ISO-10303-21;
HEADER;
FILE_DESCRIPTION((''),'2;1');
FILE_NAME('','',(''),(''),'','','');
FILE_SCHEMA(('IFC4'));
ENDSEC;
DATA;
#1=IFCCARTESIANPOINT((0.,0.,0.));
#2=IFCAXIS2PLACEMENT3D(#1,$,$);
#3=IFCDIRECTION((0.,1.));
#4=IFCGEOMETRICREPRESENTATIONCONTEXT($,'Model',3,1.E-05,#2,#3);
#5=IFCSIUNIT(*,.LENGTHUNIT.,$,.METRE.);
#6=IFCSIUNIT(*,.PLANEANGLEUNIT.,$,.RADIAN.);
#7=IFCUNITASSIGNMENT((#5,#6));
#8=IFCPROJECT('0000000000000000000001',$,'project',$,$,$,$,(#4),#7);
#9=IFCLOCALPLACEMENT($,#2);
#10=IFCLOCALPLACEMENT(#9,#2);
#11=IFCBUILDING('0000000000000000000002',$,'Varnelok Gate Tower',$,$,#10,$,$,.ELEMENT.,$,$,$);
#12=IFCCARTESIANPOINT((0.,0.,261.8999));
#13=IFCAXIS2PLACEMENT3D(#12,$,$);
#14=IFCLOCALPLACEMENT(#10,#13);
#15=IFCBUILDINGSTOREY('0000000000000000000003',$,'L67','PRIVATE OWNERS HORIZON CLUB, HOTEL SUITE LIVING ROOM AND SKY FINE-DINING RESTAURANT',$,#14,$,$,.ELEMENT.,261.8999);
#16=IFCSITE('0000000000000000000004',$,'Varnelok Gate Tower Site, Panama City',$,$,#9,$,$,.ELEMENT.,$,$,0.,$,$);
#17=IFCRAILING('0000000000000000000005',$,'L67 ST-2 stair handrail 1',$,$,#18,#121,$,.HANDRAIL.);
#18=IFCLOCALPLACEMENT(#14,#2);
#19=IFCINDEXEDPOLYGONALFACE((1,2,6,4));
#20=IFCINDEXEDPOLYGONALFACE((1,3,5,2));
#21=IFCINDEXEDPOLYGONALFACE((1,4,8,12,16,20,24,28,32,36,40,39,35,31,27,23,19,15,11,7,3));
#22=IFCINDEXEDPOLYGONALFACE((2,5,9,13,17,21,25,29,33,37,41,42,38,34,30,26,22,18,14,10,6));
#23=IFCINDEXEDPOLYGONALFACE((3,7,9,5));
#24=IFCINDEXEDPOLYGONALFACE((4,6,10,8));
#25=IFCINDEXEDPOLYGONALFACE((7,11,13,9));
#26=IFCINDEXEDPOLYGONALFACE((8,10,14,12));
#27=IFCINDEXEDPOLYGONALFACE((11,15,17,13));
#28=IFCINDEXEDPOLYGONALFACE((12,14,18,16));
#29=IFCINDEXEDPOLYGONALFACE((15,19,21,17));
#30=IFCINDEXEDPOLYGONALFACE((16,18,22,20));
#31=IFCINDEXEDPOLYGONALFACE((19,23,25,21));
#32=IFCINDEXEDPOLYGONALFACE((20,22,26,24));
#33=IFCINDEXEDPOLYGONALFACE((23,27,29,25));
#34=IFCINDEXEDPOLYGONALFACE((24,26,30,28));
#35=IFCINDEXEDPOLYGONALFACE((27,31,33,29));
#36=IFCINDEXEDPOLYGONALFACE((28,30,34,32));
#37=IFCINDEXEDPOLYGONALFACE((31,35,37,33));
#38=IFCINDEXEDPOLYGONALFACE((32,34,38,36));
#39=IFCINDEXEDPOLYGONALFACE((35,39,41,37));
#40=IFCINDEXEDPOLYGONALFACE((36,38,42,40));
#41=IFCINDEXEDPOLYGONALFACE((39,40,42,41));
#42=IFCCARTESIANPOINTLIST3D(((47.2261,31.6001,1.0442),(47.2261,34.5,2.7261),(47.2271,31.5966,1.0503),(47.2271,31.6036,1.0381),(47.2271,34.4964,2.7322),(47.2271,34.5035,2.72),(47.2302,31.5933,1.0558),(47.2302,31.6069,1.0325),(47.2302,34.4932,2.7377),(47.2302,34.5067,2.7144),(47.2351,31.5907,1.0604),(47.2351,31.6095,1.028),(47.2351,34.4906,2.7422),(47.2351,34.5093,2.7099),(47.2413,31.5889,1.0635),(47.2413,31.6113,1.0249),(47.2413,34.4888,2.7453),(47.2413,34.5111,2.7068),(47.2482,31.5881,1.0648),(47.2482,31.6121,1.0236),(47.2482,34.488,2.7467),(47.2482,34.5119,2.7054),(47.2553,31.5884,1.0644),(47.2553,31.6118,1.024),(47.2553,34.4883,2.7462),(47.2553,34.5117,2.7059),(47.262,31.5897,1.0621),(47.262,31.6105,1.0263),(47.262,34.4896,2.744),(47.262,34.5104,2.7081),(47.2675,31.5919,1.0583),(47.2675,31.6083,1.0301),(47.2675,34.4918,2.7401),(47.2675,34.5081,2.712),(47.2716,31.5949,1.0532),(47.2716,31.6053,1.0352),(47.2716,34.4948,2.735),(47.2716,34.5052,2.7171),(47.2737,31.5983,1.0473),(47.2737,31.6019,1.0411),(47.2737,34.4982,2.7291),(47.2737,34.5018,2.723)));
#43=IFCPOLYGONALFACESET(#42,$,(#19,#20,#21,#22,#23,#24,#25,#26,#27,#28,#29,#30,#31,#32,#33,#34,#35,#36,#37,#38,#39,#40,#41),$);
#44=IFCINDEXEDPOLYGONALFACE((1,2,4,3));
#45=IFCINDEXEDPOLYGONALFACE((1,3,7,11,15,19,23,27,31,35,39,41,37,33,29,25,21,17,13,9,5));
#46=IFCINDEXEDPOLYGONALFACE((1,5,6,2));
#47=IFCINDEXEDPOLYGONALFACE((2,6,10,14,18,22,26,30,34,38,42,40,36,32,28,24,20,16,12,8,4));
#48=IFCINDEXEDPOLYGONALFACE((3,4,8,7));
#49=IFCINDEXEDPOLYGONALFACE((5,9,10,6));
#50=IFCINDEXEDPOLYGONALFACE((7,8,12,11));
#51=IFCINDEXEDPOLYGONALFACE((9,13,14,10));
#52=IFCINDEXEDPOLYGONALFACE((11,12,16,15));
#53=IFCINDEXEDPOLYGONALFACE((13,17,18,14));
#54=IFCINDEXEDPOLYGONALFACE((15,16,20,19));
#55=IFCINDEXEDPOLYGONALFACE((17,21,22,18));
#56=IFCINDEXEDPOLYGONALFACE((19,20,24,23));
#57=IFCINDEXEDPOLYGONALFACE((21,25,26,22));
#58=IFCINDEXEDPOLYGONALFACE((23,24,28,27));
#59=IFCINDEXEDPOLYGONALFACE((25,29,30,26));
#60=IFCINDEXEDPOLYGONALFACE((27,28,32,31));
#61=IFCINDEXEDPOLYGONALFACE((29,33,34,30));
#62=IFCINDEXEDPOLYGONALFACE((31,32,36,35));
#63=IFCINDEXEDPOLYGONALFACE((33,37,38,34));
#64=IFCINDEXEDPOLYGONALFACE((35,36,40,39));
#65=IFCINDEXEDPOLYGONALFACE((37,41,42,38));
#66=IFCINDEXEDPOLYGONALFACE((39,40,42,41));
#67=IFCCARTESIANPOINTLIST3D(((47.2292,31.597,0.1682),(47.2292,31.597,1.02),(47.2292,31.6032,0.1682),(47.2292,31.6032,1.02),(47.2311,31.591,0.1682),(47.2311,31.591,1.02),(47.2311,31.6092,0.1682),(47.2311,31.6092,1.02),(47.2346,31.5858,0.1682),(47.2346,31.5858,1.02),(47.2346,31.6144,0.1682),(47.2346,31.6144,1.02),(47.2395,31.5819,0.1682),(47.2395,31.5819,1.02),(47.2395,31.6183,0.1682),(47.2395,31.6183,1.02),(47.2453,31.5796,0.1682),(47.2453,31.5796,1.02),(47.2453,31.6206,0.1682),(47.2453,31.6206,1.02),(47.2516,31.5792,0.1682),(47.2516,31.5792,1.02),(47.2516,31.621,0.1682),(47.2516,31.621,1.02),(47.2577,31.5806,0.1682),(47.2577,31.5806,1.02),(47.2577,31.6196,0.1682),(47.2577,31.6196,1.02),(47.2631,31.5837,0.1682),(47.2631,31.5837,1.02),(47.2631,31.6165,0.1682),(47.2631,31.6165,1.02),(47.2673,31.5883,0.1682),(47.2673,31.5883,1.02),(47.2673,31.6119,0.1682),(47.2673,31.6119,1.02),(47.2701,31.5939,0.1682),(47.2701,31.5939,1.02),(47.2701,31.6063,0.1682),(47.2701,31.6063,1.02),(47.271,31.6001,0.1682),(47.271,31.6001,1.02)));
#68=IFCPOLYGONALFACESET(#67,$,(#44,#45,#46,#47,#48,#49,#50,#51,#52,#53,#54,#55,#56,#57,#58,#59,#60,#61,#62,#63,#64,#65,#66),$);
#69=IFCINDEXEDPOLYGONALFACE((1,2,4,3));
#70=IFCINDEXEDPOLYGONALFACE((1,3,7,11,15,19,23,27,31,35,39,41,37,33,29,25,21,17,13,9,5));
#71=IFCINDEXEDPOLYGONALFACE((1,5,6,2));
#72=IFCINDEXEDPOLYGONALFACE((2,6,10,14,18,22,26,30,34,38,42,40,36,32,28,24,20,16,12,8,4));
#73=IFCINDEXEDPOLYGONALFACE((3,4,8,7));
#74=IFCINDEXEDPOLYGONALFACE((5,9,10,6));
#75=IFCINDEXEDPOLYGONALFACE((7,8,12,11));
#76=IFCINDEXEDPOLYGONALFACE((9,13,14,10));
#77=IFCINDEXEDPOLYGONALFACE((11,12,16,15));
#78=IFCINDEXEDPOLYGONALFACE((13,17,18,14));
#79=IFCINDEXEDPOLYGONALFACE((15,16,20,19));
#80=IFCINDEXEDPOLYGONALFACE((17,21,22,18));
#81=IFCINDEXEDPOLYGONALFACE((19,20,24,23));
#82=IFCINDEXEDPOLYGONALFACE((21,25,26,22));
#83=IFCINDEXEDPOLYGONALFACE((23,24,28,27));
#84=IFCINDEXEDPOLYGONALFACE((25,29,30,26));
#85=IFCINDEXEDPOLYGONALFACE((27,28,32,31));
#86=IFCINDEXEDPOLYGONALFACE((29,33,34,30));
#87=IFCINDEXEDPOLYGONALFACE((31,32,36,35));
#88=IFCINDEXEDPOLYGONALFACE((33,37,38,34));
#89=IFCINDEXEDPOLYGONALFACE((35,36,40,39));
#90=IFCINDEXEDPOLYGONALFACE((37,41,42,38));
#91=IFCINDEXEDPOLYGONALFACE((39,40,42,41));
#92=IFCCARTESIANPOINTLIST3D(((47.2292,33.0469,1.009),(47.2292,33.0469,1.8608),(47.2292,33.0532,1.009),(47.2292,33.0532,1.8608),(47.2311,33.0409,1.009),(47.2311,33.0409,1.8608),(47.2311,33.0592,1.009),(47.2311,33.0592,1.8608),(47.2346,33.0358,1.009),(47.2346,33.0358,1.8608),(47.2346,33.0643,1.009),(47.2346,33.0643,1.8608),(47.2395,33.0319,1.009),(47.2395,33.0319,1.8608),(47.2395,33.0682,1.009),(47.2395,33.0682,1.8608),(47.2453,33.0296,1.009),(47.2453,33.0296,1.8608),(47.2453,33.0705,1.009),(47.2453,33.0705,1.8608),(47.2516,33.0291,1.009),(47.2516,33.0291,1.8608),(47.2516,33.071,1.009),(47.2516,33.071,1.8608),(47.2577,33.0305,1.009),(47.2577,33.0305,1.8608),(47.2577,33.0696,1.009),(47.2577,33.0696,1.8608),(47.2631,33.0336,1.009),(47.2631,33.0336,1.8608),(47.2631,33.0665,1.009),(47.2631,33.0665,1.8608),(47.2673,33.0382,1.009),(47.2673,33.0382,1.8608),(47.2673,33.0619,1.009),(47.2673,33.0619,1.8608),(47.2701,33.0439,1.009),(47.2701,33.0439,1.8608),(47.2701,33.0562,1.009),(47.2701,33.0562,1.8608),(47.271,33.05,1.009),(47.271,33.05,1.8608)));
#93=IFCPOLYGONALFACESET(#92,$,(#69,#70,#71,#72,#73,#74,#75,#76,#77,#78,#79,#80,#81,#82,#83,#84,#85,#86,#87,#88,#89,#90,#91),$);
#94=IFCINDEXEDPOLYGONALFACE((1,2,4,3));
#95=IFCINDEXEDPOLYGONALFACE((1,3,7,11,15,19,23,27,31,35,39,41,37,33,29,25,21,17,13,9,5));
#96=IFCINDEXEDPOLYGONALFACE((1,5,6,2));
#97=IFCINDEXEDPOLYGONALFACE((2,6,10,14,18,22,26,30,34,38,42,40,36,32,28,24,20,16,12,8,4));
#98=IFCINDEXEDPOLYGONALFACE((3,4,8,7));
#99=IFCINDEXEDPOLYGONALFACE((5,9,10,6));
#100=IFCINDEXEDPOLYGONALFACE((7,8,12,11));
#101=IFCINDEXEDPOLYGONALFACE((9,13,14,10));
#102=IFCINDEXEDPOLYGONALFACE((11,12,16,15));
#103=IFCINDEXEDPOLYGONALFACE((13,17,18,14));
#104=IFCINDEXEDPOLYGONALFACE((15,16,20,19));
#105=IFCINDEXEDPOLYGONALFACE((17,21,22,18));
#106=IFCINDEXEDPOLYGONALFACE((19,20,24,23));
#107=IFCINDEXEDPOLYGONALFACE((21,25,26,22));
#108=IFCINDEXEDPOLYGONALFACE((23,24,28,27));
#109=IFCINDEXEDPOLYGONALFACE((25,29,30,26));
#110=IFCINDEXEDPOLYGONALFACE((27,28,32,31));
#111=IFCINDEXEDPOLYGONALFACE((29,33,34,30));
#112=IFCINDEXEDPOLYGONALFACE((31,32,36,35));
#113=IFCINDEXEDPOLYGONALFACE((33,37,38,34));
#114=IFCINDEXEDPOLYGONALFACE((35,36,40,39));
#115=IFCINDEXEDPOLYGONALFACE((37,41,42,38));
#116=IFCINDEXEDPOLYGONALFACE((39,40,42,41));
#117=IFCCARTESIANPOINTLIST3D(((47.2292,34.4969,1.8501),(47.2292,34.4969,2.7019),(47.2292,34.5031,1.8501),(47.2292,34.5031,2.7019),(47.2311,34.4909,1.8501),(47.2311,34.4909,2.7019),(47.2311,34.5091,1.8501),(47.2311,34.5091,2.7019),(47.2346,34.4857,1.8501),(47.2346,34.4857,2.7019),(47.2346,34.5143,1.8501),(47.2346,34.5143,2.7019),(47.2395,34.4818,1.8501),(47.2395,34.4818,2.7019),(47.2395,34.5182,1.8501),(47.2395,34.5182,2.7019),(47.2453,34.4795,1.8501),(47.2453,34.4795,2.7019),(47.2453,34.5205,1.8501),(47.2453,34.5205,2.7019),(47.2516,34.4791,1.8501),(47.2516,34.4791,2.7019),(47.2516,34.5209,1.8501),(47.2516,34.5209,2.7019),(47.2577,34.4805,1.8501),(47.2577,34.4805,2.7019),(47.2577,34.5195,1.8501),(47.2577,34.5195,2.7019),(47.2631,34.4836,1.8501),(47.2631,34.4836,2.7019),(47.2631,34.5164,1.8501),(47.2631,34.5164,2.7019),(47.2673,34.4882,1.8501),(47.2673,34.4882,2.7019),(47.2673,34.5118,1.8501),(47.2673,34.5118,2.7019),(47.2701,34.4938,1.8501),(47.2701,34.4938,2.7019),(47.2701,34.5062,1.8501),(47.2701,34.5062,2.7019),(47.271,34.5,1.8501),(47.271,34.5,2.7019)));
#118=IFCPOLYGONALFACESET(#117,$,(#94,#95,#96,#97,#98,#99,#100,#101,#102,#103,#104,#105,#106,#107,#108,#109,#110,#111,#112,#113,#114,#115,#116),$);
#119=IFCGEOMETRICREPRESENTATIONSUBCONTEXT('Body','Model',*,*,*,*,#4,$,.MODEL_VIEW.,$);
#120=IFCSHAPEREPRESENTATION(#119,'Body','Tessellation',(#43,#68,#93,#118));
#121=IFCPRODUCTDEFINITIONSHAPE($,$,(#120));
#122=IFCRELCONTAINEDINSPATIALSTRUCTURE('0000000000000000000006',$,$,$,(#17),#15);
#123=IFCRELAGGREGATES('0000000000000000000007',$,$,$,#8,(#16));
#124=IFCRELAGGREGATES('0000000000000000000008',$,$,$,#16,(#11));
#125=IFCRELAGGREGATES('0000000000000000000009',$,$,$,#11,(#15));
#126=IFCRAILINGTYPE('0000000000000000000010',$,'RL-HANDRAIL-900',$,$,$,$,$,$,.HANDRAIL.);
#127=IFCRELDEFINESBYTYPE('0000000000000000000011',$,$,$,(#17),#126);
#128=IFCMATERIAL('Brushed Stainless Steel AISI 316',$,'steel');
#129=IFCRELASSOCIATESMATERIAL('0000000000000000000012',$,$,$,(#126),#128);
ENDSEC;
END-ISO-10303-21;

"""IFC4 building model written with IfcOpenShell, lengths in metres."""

from ifc_helpers import new_model, si_unit, direction, frame, origin, origin_2d, place, context, subcontext, project, spatial, circle, extrude, material, type_object, element, save


model = new_model("IFC4")

# Units and contexts
model_context = context("Model", 3, precision=1e-05, world=origin(), true_north=direction((0.0, 1.0)))
body_context = subcontext(model_context, "Body", "Model", "MODEL_VIEW")
ifc_project = project(units=[si_unit("LENGTHUNIT", "METRE"), si_unit("PLANEANGLEUNIT", "RADIAN")], contexts=[model_context])

# Site, building, storey
site_placement = place(None, origin())
site = spatial("IfcSite", under=ifc_project, at=site_placement, Name="Varnelok Gate Tower Site, Panama City", CompositionType="ELEMENT", RefElevation=0.0)
building_placement = place(site_placement, origin())
building = spatial("IfcBuilding", under=site, at=building_placement, Name="Varnelok Gate Tower", CompositionType="ELEMENT")
storey_placement = place(building_placement, frame((0.0, 0.0, 261.8999)))
storey = spatial("IfcBuildingStorey", under=building, at=storey_placement, Name="L67", Description="PRIVATE OWNERS HORIZON CLUB, HOTEL SUITE LIVING ROOM AND SKY FINE-DINING RESTAURANT", CompositionType="ELEMENT", Elevation=261.8999)

# Railing
ifc_material_1 = material(Name="Brushed Stainless Steel AISI 316", Category="steel")
railing_type_1 = type_object("IfcRailingType", Name="RL-HANDRAIL-900", PredefinedType="HANDRAIL", material=ifc_material_1)
railing_1_placement = place(storey_placement, frame((47.25, 31.6001, 0.1682)))
element("IfcRailing", 1, at=railing_1_placement, inside=storey, type_object=railing_type_1, Name="L67 ST-2 stair handrail 1", PredefinedType="HANDRAIL", context=body_context, shape_type="SweptSolid", body=[
    extrude(circle(Radius=0.0239, at=origin_2d()), frame((0.0, 0.0, 0.876), z_axis=(0.0, 0.865039, 0.501705), x_axis=(-1.0, 0.0, 0.0)), (0.0, 0.0, 1.0), 3.3523),
    extrude(circle(Radius=0.021, at=origin_2d()), origin(), (0.0, 0.0, 1.0), 0.8518),
    extrude(circle(Radius=0.021, at=origin_2d()), frame((0.0, 1.45, 0.8408)), (0.0, 0.0, 1.0), 0.8518),
    extrude(circle(Radius=0.021, at=origin_2d()), frame((0.0, 2.8999, 1.6819)), (0.0, 0.0, 1.0), 0.8518),
])

save(model, "model.ifc")
